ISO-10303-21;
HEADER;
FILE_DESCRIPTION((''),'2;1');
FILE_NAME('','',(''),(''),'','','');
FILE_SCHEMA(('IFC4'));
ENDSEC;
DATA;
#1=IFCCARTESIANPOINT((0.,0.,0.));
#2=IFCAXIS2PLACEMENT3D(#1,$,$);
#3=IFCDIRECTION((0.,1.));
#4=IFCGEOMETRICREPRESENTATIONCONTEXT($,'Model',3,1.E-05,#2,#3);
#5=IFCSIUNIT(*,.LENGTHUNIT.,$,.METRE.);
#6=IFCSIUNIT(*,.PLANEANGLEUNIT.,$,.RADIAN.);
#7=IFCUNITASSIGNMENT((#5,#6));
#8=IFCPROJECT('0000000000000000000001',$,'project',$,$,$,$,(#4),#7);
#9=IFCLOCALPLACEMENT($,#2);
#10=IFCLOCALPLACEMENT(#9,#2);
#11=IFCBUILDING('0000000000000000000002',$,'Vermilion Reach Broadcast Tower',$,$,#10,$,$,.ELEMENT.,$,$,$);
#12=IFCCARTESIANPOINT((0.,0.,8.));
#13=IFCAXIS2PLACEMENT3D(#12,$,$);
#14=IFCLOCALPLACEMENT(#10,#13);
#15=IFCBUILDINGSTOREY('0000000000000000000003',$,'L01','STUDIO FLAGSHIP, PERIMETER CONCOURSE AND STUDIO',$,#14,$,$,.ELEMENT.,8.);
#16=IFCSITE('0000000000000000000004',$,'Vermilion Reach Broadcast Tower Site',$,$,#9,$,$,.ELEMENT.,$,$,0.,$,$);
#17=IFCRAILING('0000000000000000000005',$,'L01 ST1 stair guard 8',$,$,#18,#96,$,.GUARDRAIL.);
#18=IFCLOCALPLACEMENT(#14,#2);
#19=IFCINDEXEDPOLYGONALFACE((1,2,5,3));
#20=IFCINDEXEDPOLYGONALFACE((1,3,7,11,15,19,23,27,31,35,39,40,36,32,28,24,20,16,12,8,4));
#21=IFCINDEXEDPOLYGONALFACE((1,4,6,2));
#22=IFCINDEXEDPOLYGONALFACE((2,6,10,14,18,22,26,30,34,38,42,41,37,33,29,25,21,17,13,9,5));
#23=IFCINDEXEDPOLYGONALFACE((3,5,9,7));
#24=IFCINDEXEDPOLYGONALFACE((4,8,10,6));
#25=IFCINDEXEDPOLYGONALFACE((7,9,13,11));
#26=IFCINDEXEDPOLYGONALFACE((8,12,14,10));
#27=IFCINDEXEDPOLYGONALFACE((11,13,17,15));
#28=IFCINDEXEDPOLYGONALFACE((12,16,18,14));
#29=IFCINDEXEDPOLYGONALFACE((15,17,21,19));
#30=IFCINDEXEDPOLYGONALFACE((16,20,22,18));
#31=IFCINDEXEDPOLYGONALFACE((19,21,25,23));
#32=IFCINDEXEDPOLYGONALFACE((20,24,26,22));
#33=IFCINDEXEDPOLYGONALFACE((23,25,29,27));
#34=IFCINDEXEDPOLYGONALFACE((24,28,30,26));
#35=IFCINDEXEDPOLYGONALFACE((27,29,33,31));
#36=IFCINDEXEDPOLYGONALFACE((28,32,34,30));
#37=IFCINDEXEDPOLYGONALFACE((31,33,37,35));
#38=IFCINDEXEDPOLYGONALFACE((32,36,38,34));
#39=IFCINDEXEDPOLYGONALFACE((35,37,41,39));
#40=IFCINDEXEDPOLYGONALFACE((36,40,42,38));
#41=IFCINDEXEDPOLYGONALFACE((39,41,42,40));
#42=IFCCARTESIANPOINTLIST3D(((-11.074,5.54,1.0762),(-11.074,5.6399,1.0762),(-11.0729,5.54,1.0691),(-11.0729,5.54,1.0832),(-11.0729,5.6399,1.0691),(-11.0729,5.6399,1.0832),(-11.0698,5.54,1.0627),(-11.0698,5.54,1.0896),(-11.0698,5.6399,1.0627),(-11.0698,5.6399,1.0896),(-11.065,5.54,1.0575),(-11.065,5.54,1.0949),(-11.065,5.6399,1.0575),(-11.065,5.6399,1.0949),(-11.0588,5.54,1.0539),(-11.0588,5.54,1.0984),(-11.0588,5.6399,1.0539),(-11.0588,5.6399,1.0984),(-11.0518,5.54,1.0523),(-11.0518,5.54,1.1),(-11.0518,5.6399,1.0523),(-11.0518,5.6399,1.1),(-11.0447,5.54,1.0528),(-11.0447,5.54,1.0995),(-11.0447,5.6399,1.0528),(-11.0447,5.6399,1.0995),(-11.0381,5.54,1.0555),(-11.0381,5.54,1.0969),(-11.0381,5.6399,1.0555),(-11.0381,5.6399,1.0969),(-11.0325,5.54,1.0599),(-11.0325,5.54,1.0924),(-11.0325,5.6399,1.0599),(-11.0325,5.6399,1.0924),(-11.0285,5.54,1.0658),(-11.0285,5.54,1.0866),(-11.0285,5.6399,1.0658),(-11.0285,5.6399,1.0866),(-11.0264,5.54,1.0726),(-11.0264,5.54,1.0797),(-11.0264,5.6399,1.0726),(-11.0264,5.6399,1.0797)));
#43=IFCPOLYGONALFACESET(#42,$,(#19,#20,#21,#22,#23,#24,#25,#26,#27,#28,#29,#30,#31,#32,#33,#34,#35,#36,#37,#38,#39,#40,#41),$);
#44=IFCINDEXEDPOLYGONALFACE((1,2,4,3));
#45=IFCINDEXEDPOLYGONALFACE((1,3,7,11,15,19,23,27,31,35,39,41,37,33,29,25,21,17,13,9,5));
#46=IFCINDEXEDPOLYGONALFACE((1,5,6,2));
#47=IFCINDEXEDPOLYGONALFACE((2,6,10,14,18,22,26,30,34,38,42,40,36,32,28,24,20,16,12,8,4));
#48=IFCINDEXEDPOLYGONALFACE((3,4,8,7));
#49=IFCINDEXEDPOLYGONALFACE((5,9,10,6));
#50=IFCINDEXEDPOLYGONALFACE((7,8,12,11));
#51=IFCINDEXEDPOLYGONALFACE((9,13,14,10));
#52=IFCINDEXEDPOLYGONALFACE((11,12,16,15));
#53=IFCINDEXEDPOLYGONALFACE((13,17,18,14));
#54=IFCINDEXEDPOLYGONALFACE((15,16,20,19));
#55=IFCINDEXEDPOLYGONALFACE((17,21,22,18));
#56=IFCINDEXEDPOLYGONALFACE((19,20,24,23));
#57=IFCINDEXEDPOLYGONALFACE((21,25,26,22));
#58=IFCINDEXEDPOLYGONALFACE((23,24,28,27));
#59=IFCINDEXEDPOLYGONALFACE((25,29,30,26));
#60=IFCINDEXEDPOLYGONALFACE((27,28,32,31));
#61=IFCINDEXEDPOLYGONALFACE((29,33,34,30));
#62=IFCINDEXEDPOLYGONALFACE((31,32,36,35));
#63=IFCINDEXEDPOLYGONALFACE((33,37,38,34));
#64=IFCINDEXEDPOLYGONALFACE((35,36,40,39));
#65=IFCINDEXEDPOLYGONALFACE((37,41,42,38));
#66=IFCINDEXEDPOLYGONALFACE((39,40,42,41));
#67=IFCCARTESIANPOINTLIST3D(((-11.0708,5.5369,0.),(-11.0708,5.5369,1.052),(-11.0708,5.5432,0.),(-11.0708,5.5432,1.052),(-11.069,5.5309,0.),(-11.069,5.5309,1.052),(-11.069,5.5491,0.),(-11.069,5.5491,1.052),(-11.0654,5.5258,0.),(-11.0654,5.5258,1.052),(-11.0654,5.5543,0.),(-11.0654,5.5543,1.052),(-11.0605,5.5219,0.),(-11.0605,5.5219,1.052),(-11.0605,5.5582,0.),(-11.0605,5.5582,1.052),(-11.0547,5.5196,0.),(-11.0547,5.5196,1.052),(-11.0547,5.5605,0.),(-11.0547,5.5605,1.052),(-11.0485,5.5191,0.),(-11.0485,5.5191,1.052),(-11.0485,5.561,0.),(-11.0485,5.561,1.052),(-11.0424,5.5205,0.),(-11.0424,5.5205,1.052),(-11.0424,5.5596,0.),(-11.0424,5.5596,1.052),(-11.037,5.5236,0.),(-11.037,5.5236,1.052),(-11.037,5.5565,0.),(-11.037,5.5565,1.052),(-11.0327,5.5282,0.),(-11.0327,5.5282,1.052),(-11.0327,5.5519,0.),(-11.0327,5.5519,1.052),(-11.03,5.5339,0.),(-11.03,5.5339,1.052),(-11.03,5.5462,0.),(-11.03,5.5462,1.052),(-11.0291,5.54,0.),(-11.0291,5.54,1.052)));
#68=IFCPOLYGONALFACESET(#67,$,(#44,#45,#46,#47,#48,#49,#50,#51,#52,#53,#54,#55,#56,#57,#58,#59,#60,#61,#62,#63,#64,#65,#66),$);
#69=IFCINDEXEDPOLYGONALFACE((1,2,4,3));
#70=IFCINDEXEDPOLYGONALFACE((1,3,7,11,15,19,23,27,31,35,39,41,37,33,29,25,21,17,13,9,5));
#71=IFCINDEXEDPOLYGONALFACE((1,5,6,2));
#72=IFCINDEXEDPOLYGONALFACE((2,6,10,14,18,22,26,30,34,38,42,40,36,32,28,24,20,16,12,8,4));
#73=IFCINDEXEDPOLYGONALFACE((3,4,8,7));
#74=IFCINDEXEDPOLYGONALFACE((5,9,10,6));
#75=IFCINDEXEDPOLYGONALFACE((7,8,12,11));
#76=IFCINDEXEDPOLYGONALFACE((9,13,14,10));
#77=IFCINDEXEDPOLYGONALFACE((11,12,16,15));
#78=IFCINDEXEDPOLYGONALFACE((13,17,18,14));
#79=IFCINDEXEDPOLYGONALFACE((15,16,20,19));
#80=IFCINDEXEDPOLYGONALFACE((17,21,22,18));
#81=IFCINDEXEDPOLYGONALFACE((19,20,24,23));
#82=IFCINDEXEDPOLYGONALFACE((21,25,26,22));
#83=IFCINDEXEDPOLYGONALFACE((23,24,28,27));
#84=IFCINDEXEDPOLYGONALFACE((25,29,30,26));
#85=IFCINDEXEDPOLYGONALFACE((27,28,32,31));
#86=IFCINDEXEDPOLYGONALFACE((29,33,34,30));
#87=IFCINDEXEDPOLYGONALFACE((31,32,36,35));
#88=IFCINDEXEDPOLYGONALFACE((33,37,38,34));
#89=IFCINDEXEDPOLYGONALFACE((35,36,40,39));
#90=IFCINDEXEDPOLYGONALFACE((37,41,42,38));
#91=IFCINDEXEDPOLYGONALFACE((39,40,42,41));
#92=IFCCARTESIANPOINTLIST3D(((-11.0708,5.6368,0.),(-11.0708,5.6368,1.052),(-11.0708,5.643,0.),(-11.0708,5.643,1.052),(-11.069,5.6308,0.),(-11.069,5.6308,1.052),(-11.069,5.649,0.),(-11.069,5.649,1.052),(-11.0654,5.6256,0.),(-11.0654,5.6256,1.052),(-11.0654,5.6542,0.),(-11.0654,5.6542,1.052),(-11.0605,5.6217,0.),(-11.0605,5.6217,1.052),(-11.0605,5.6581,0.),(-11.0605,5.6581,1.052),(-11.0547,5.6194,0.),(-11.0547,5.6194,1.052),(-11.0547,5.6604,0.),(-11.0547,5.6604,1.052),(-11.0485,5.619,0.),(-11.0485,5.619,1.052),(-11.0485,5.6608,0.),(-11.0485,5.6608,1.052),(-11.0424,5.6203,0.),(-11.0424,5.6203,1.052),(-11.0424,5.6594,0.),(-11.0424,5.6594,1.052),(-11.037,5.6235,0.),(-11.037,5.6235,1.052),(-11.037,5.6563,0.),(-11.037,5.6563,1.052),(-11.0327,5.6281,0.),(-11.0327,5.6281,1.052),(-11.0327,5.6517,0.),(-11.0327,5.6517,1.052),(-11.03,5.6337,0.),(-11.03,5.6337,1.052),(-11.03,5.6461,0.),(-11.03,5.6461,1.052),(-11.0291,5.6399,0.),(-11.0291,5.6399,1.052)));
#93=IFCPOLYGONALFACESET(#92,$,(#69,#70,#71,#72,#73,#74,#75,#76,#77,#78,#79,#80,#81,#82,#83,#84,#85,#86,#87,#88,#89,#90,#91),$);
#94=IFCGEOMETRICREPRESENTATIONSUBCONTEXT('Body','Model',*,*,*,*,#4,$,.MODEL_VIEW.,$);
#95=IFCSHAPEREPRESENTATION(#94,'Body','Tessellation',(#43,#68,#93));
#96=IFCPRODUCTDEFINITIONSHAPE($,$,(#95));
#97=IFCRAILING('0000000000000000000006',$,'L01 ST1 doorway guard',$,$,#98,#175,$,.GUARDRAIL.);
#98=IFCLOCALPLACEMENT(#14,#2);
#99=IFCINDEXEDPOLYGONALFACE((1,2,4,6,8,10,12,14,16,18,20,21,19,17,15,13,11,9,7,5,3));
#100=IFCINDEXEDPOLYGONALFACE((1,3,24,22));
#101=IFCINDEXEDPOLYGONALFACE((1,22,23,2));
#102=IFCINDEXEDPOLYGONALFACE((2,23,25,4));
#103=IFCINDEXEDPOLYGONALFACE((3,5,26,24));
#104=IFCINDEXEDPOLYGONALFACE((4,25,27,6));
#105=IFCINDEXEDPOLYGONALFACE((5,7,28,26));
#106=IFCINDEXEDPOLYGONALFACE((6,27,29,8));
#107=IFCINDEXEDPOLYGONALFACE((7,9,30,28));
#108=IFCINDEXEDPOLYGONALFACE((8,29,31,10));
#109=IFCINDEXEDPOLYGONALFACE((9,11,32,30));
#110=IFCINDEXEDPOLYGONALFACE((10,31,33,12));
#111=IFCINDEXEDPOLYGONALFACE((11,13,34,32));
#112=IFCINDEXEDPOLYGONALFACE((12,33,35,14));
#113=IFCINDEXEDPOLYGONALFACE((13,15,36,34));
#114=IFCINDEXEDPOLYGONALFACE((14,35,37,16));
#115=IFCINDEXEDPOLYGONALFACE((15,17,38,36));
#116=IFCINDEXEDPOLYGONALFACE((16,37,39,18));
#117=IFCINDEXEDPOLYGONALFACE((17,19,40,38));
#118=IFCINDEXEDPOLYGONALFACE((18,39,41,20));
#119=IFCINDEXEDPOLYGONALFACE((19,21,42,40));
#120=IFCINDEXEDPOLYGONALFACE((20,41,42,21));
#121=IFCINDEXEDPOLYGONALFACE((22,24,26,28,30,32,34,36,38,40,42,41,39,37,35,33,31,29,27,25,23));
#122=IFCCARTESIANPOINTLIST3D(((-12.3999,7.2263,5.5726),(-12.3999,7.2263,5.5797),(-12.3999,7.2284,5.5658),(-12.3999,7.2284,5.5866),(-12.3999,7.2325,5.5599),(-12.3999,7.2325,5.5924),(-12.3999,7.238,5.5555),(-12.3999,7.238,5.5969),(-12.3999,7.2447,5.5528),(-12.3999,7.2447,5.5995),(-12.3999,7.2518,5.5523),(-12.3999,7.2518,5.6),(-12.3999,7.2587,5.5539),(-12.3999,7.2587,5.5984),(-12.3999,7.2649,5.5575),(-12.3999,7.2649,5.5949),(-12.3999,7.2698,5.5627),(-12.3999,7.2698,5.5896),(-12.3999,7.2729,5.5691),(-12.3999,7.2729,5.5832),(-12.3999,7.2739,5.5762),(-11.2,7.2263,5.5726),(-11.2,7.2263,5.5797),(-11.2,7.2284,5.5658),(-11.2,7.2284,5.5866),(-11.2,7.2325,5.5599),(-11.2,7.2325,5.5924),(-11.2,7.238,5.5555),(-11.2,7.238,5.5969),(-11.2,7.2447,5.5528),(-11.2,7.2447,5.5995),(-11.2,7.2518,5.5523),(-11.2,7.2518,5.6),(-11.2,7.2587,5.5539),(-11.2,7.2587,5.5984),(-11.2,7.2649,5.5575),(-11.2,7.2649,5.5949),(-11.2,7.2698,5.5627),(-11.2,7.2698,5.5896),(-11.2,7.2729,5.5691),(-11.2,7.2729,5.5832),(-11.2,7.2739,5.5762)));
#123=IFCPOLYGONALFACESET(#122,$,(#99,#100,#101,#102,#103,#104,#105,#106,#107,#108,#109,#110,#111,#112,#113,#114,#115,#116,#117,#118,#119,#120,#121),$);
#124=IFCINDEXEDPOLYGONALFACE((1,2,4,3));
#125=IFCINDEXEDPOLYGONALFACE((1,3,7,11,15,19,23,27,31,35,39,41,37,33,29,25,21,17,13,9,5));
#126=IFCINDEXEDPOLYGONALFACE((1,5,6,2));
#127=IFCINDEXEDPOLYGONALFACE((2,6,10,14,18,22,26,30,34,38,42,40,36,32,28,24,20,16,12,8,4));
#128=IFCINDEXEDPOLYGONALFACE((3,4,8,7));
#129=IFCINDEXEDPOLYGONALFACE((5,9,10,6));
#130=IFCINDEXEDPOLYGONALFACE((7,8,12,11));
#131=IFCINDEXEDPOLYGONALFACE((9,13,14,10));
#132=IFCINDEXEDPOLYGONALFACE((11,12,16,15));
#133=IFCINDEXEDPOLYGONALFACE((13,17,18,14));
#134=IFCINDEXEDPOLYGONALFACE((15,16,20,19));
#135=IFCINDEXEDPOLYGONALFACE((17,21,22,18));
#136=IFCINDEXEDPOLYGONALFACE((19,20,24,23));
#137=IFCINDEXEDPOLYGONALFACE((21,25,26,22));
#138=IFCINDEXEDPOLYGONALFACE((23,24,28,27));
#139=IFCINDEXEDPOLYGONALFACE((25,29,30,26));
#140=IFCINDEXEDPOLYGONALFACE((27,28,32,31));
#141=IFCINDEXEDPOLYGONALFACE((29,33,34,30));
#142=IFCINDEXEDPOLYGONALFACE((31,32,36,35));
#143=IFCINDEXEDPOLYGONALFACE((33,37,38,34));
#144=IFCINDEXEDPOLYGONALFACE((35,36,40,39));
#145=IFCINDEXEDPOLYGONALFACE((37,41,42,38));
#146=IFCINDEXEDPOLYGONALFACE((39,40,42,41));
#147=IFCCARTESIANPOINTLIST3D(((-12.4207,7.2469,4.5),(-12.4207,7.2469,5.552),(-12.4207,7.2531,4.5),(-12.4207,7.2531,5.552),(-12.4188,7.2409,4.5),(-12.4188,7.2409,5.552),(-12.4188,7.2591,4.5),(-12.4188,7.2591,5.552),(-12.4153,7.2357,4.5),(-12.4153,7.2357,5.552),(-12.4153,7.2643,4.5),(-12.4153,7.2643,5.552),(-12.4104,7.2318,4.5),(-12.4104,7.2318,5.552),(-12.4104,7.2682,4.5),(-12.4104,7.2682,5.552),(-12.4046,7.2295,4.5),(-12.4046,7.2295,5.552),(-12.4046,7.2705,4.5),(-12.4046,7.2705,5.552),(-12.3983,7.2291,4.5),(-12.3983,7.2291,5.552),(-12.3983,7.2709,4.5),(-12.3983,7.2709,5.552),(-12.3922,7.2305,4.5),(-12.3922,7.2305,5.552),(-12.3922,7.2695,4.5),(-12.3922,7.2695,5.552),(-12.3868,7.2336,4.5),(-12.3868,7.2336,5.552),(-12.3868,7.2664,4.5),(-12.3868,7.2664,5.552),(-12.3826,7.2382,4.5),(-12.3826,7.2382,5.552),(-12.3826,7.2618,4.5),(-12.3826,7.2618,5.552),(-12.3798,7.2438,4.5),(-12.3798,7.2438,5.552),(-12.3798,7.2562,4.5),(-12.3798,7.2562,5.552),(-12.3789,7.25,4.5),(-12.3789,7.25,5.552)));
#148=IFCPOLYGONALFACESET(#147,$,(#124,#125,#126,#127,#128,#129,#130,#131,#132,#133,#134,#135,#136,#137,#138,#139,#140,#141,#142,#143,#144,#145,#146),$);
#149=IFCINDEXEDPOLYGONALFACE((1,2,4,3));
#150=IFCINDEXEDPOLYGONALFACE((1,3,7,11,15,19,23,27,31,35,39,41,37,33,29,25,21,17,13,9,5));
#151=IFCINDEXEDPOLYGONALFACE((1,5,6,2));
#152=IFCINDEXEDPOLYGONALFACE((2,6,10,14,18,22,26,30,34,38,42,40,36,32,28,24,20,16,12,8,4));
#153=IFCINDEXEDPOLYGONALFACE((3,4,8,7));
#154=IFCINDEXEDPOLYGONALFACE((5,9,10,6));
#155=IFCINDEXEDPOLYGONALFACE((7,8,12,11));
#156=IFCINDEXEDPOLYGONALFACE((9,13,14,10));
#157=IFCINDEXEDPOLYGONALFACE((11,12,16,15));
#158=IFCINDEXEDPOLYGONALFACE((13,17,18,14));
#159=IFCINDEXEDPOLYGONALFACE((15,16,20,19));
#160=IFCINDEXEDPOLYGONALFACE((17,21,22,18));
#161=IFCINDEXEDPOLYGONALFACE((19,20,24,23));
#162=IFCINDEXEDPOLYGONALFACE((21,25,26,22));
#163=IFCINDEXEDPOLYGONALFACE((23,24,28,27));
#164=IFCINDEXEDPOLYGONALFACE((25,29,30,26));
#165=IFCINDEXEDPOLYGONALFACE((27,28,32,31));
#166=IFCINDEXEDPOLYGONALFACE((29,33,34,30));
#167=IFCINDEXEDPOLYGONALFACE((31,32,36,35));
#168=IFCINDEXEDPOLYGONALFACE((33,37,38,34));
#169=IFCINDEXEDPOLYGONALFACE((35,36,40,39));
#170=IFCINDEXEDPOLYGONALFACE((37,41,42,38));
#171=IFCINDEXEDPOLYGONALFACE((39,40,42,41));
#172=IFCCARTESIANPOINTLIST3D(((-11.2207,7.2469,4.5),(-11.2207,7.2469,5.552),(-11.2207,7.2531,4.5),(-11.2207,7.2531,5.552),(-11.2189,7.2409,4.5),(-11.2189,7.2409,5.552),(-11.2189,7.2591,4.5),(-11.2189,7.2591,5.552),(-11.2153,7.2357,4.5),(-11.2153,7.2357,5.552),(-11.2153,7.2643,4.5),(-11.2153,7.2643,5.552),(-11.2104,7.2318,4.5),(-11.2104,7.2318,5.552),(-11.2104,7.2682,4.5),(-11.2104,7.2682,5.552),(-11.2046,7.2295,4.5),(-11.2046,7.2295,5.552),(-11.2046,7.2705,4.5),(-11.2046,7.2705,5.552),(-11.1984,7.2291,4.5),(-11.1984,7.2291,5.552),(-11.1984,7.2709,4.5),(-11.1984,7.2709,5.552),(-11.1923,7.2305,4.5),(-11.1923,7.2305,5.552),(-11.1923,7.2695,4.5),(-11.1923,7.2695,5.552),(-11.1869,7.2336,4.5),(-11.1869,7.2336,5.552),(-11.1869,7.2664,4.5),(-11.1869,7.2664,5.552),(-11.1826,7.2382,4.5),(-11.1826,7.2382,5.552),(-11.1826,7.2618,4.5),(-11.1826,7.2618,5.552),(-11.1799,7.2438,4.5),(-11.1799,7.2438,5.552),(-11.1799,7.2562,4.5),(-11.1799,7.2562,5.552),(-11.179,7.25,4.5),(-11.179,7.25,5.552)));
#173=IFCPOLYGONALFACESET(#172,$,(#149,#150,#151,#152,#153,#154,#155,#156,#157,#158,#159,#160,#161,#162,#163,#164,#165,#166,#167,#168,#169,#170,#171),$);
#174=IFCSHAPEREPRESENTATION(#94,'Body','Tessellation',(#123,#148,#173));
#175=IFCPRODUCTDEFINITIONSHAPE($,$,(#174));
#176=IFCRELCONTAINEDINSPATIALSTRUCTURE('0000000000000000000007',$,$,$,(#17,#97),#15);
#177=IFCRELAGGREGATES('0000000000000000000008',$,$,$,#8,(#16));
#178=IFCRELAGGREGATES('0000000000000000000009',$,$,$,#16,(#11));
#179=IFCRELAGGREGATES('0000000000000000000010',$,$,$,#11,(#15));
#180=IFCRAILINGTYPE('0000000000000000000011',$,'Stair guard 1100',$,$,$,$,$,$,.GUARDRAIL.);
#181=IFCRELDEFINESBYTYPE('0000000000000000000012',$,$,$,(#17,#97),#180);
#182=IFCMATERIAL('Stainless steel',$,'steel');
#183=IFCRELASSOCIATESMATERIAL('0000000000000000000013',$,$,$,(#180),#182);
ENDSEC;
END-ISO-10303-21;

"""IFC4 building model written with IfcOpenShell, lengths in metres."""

from ifc_helpers import new_model, si_unit, direction, frame, origin, origin_2d, place, context, subcontext, project, spatial, circle, extrude, material, type_object, element, save


model = new_model("IFC4")

# Units and contexts
model_context = context("Model", 3, precision=1e-05, world=origin(), true_north=direction((0.0, 1.0)))
body_context = subcontext(model_context, "Body", "Model", "MODEL_VIEW")
ifc_project = project(units=[si_unit("LENGTHUNIT", "METRE"), si_unit("PLANEANGLEUNIT", "RADIAN")], contexts=[model_context])

# Site, building, storey
site_placement = place(None, origin())
site = spatial("IfcSite", under=ifc_project, at=site_placement, Name="Vermilion Reach Broadcast Tower Site", CompositionType="ELEMENT", RefElevation=0.0)
building_placement = place(site_placement, origin())
building = spatial("IfcBuilding", under=site, at=building_placement, Name="Vermilion Reach Broadcast Tower", CompositionType="ELEMENT")
storey_placement = place(building_placement, frame((0.0, 0.0, 8.0)))
storey = spatial("IfcBuildingStorey", under=building, at=storey_placement, Name="L01", Description="STUDIO FLAGSHIP, PERIMETER CONCOURSE AND STUDIO", CompositionType="ELEMENT", Elevation=8.0)

# Railings
ifc_material_1 = material(Name="Stainless steel", Category="steel")
railing_type_1 = type_object("IfcRailingType", Name="Stair guard 1100", PredefinedType="GUARDRAIL", material=ifc_material_1)
railing_1_placement = place(storey_placement, frame((-11.05, 5.54, 0.0)))
element("IfcRailing", 1, at=railing_1_placement, inside=storey, type_object=railing_type_1, Name="L01 ST1 stair guard 8", PredefinedType="GUARDRAIL", context=body_context, shape_type="SweptSolid", body=[
    extrude(circle(Radius=0.0239, at=origin_2d()), frame((0.0, 0.0, 1.0762), z_axis=(0.0, 1.0, 0.0), x_axis=(-1.0, 0.0, 0.0)), (0.0, 0.0, 1.0), 0.0999),
    extrude(circle(Radius=0.021, at=origin_2d()), origin(), (0.0, 0.0, 1.0), 1.052),
    extrude(circle(Radius=0.021, at=origin_2d()), frame((0.0, 0.0999, 0.0)), (0.0, 0.0, 1.0), 1.052),
])
railing_2_placement = place(storey_placement, frame((-12.3999, 7.25, 4.5)))
element("IfcRailing", 2, at=railing_2_placement, inside=storey, type_object=railing_type_1, Name="L01 ST1 doorway guard", PredefinedType="GUARDRAIL", context=body_context, shape_type="SweptSolid", body=[
    extrude(circle(Radius=0.0239, at=origin_2d()), frame((0.0, 0.0, 1.0762), z_axis=(1.0, 0.0, 0.0), x_axis=(0.0, 1.0, 0.0)), (0.0, 0.0, 1.0), 1.2),
    extrude(circle(Radius=0.021, at=origin_2d()), origin(), (0.0, 0.0, 1.0), 1.052),
    extrude(circle(Radius=0.021, at=origin_2d()), frame((1.2, 0.0, 0.0)), (0.0, 0.0, 1.0), 1.052),
])

save(model, "model.ifc")
